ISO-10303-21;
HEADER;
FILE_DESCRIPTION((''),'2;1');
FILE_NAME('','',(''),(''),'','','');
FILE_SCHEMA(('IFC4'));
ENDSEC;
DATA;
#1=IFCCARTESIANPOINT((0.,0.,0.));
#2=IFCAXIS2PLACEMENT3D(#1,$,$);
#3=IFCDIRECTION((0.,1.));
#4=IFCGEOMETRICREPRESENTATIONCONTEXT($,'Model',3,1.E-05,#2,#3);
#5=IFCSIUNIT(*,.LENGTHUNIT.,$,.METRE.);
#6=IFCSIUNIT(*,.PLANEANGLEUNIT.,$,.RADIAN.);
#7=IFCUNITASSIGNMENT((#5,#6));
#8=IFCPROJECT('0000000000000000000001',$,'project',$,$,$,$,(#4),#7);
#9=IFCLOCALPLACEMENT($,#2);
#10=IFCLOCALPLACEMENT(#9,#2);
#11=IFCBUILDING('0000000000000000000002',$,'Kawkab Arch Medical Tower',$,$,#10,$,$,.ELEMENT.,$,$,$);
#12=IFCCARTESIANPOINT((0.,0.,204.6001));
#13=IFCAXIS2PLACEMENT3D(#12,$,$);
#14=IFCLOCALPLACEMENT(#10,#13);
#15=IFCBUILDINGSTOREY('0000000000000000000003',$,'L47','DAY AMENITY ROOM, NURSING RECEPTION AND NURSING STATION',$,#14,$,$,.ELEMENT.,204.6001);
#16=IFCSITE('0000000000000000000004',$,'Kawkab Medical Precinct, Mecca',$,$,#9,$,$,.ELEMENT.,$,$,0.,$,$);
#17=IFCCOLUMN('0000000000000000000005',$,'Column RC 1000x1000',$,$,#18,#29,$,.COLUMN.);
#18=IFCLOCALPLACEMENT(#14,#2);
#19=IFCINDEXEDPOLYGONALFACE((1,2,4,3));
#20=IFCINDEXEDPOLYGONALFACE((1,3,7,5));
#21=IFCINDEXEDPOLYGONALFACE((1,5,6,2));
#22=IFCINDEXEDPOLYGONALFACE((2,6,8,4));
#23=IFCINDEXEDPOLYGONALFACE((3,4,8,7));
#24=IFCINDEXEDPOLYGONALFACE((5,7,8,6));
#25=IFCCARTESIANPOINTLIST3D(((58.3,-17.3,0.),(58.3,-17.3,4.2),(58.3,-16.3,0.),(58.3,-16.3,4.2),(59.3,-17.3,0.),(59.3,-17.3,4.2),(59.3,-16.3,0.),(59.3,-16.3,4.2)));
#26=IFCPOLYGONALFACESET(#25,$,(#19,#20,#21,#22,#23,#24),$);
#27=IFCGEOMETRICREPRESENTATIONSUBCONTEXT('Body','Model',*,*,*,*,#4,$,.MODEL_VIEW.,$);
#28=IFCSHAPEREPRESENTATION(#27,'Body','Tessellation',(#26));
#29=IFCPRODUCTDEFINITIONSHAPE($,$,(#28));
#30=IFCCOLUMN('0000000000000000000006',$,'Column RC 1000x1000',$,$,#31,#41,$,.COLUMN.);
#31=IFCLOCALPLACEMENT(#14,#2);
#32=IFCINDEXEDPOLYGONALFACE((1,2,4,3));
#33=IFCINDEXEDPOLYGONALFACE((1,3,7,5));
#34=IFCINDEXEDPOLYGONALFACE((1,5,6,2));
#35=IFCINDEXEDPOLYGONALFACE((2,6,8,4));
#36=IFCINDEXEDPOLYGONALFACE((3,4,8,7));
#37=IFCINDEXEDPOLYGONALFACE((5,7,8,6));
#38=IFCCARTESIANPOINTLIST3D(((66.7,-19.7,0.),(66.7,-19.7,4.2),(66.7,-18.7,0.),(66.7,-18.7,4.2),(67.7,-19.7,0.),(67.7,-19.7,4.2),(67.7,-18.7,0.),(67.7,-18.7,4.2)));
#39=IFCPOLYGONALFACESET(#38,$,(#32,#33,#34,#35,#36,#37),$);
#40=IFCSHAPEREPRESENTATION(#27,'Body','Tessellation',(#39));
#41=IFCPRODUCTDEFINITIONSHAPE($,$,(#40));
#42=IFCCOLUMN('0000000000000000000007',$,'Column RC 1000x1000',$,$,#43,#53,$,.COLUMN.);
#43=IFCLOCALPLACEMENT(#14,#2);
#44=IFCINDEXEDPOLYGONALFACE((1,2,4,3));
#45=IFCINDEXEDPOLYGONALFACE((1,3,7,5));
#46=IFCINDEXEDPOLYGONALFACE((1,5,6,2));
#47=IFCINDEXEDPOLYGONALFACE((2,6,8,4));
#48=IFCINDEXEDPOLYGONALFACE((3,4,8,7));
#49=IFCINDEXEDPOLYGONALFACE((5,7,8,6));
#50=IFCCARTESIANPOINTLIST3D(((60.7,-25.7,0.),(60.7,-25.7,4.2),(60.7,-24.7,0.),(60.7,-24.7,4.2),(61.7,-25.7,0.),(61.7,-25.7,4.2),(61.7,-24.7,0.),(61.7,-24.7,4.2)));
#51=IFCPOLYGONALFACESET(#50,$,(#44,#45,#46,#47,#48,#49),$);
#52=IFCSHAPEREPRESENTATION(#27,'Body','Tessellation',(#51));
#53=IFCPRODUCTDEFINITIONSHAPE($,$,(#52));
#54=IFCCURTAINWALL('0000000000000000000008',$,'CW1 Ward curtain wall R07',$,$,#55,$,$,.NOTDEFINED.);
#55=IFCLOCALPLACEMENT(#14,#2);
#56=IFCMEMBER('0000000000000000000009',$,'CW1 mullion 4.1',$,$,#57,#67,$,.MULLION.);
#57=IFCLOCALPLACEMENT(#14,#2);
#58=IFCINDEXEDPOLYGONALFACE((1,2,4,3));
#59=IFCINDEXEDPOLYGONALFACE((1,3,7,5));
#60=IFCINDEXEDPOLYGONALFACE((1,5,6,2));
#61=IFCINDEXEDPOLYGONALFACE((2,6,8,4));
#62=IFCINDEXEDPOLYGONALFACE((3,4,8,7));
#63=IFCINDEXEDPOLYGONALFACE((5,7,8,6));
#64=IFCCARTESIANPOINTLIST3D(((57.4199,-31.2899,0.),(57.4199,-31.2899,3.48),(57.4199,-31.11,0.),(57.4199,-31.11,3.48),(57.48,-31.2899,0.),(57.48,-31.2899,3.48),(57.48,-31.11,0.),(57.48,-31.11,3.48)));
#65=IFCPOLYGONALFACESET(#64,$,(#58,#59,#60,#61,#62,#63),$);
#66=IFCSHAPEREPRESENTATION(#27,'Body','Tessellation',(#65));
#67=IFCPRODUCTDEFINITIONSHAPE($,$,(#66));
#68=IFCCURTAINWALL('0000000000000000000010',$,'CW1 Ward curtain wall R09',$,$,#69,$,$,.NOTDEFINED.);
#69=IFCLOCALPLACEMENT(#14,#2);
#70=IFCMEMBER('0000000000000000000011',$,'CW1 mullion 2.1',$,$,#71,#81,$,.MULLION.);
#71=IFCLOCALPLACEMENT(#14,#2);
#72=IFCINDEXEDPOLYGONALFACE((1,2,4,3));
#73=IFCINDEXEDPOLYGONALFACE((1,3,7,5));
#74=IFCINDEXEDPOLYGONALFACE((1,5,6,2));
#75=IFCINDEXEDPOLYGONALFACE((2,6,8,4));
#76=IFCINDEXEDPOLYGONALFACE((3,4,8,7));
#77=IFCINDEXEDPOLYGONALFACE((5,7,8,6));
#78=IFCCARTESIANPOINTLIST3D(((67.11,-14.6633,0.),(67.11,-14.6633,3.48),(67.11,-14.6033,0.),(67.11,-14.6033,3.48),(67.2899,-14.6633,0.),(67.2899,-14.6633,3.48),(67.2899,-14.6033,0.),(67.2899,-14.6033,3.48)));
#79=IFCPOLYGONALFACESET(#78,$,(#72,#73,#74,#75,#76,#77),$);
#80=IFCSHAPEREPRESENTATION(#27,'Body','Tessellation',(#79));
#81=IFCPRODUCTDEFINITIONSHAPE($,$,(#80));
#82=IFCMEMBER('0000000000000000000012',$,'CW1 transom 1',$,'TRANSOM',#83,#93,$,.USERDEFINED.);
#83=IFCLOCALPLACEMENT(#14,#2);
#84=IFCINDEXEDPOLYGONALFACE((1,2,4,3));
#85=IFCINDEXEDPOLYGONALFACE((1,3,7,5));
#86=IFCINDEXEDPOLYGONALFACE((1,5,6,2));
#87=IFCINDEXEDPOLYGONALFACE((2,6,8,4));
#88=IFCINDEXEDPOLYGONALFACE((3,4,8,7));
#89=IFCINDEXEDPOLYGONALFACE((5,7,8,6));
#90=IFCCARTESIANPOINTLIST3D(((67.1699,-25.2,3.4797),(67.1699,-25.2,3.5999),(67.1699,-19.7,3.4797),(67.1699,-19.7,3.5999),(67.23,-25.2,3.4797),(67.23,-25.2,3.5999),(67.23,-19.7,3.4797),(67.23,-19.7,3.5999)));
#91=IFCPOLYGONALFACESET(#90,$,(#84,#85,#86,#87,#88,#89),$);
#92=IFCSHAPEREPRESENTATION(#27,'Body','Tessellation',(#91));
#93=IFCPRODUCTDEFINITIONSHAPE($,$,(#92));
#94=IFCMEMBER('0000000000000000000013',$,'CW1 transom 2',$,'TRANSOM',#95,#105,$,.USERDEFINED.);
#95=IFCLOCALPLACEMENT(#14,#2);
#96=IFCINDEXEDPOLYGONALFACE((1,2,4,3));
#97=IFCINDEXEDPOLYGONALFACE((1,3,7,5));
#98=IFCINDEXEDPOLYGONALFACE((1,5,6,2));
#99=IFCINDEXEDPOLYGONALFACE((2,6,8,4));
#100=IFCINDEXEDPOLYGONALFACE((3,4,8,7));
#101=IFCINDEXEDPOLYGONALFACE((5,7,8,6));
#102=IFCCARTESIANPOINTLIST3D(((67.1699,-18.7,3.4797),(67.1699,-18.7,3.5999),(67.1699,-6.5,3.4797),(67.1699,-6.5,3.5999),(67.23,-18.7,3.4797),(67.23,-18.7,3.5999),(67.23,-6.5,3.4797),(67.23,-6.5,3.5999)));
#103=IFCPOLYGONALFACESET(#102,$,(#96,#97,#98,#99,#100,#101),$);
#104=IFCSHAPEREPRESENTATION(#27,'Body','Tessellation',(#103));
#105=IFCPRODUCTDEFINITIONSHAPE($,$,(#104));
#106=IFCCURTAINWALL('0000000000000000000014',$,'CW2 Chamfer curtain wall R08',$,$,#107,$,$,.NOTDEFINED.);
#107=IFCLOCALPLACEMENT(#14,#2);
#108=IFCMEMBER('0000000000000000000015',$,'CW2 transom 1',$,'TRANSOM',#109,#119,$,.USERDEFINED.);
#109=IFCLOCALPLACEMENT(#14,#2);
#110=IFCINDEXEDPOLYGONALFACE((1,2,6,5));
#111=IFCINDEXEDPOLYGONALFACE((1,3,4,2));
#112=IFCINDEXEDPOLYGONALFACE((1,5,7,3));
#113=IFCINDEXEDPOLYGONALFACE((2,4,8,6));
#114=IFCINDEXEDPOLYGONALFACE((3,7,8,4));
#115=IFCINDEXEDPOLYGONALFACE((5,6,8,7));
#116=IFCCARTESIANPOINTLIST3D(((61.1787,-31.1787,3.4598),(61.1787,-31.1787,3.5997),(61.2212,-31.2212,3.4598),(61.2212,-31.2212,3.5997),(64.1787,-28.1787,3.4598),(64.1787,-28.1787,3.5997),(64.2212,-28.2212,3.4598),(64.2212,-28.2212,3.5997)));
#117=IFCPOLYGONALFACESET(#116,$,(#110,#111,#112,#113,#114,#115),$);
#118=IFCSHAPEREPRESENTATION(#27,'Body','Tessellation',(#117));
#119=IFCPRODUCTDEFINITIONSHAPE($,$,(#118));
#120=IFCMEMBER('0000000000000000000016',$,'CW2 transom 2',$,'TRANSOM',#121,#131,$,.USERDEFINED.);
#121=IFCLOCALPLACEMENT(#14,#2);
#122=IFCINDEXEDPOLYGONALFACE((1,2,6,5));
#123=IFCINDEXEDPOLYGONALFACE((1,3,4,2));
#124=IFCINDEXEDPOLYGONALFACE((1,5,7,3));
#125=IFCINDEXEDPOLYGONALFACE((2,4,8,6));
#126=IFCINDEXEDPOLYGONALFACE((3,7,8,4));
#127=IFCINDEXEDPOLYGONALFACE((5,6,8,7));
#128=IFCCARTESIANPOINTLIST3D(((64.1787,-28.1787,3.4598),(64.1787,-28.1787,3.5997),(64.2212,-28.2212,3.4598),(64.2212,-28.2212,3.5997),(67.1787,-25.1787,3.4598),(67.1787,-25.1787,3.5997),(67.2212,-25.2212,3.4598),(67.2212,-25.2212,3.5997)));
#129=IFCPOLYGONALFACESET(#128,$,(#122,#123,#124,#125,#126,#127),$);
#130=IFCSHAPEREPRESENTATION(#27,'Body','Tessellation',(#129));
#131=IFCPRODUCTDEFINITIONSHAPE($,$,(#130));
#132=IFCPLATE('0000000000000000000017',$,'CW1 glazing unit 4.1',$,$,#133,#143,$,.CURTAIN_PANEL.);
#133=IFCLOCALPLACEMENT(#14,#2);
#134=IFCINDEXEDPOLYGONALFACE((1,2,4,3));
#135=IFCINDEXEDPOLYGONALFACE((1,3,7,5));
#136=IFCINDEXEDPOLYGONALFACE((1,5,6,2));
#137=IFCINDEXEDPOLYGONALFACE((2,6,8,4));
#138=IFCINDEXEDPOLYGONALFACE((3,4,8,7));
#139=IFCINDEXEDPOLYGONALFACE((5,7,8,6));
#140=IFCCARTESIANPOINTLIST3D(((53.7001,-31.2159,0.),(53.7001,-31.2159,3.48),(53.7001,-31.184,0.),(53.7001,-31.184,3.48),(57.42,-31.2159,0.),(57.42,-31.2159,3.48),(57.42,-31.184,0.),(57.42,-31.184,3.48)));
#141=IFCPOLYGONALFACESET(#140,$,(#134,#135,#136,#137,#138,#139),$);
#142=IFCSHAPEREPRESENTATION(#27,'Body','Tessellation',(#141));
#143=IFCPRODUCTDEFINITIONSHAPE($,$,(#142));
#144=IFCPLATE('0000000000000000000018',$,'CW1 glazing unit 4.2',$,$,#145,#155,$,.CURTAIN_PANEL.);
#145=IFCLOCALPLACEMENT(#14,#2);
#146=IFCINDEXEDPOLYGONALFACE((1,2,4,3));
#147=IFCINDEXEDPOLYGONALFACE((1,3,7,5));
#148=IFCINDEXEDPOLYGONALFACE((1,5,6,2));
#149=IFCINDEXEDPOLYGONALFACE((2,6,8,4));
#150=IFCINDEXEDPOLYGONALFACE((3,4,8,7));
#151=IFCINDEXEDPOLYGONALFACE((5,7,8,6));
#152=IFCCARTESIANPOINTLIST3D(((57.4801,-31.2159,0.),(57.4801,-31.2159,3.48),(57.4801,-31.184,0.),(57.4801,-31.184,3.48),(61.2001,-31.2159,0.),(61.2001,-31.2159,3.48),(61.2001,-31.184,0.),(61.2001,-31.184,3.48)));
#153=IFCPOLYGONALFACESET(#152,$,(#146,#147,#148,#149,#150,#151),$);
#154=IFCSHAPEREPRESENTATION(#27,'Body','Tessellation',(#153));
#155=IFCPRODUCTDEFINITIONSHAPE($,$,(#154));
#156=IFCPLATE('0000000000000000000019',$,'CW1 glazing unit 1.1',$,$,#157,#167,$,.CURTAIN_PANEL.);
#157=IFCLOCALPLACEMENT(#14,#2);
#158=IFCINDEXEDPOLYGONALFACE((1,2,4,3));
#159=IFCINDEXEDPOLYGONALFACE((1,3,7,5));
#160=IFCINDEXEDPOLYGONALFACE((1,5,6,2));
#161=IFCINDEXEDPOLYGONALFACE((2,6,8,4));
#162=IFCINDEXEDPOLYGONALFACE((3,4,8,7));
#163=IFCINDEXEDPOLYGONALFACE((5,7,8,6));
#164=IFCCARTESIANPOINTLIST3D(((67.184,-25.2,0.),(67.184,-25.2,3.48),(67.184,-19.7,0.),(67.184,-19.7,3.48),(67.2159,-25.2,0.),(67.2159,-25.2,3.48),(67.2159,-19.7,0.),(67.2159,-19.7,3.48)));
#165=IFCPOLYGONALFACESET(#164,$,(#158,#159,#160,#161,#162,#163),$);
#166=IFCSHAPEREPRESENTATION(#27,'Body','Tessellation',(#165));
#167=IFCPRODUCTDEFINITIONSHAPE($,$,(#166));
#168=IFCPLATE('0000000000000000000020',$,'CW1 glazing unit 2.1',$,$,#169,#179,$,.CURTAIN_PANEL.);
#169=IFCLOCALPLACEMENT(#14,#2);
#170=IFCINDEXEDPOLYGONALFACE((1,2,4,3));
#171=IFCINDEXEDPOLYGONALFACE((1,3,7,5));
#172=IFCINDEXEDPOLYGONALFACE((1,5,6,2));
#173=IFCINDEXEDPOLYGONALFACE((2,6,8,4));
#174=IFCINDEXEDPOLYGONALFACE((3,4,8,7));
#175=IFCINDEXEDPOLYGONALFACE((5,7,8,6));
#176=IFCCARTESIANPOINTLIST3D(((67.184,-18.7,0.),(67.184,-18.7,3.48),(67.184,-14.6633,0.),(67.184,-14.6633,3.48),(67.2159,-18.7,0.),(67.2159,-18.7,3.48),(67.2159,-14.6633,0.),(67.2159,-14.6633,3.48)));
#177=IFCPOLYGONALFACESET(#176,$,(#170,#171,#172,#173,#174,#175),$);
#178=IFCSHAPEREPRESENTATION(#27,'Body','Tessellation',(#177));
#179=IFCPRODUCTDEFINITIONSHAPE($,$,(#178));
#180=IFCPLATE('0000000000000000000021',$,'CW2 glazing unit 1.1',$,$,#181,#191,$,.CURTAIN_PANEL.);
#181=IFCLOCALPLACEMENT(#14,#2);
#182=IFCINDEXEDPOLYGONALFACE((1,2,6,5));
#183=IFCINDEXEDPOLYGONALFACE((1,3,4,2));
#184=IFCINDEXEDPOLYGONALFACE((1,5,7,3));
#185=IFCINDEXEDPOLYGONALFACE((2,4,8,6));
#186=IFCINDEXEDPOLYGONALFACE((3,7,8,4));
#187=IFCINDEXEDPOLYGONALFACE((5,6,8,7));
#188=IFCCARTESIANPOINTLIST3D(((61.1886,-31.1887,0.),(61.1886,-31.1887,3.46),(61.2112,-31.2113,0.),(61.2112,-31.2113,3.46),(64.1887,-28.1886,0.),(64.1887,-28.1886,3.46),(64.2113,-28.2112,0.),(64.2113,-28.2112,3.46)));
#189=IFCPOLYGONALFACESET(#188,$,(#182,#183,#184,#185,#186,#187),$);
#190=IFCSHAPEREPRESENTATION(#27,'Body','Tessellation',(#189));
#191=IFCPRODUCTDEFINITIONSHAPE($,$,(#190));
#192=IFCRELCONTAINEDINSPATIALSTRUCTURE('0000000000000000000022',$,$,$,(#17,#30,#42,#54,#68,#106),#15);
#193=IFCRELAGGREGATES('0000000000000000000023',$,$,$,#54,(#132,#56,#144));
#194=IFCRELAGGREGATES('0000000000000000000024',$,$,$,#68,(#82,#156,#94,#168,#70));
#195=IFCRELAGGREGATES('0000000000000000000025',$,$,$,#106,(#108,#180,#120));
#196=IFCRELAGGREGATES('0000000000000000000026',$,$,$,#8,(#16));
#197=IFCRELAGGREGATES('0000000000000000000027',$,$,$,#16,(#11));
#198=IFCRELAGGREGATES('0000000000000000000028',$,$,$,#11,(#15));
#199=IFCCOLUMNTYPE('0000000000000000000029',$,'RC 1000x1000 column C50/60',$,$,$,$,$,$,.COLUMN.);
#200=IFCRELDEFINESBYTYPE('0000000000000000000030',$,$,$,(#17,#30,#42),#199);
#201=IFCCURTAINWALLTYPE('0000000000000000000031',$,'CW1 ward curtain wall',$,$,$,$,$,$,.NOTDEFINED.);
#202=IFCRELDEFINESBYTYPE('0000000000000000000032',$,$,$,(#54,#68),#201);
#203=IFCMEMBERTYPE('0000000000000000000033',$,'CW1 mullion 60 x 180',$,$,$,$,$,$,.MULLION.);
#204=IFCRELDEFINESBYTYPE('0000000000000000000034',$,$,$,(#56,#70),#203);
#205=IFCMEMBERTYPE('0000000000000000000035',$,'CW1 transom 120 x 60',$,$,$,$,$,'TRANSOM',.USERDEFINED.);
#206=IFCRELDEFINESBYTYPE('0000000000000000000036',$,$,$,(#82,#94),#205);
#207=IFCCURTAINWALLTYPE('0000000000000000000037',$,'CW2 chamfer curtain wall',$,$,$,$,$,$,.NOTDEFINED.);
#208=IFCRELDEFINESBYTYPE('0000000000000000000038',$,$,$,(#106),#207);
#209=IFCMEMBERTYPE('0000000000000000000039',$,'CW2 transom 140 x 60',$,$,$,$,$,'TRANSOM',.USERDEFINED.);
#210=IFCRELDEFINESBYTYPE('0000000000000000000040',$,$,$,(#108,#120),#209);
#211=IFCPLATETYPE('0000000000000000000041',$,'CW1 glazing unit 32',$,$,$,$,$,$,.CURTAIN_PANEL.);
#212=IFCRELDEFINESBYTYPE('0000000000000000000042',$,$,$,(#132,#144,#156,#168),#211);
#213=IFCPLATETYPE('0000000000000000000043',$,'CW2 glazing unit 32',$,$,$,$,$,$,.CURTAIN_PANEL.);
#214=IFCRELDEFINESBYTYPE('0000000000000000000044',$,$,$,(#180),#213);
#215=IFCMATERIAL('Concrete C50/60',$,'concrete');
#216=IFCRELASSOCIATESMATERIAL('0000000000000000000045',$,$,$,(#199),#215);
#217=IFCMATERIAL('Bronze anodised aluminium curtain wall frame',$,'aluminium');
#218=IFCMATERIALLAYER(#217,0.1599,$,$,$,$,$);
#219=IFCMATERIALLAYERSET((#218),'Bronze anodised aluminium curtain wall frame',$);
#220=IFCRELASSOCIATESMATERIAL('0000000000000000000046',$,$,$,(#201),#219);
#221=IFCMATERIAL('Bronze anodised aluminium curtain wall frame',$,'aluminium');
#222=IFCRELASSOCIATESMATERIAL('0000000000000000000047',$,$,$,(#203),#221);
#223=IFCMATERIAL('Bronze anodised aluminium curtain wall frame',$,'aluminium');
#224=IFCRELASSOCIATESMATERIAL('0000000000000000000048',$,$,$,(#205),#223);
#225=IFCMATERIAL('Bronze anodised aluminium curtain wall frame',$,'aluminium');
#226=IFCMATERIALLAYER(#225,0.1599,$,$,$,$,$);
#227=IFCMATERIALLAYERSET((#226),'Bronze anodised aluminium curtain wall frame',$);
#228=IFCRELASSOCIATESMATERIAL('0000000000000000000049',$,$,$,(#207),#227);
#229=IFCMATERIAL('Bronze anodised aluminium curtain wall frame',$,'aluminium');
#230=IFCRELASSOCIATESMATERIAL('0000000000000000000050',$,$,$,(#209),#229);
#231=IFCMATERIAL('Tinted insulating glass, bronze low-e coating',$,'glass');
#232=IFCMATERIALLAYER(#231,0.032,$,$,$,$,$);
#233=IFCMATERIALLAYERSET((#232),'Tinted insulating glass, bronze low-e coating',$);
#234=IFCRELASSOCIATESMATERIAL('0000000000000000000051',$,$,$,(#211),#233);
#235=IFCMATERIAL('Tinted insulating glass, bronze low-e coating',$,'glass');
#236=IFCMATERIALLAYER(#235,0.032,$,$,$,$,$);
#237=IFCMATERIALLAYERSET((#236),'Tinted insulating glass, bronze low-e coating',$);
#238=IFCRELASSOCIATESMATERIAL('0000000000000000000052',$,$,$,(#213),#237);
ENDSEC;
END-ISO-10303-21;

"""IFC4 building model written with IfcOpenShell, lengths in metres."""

from ifc_helpers import new_model, si_unit, direction, frame, origin, origin_2d, place, context, subcontext, project, spatial, rectangle, extrude, material, layer, layer_set, material_profile, profile_set, type_object, element, aggregate, save


model = new_model("IFC4")

# Units and contexts
model_context = context("Model", 3, precision=1e-05, world=origin(), true_north=direction((0.0, 1.0)))
body_context = subcontext(model_context, "Body", "Model", "MODEL_VIEW")
ifc_project = project(units=[si_unit("LENGTHUNIT", "METRE"), si_unit("PLANEANGLEUNIT", "RADIAN")], contexts=[model_context])

# Site, building, storey
site_placement = place(None, origin())
site = spatial("IfcSite", under=ifc_project, at=site_placement, Name="Kawkab Medical Precinct, Mecca", CompositionType="ELEMENT", RefElevation=0.0)
building_placement = place(site_placement, origin())
building = spatial("IfcBuilding", under=site, at=building_placement, Name="Kawkab Arch Medical Tower", CompositionType="ELEMENT")
storey_placement = place(building_placement, frame((0.0, 0.0, 204.6001)))
storey = spatial("IfcBuildingStorey", under=building, at=storey_placement, Name="L47", Description="DAY AMENITY ROOM, NURSING RECEPTION AND NURSING STATION", CompositionType="ELEMENT", Elevation=204.6001)

# Columns
ifc_material_1 = material(Name="Concrete C50/60", Category="concrete")
ifc_material_profile_1 = material_profile(ifc_material_1, rectangle(XDim=1.0, YDim=1.0, at=origin_2d()), Name="RC 1000x1000")
ifc_profile_set_1 = profile_set([ifc_material_profile_1], Name="Concrete C50/60")
column_type = type_object("IfcColumnType", Name="RC 1000x1000 column C50/60", PredefinedType="COLUMN", material=ifc_profile_set_1)
for number, where, z_axis, x_axis, name in (
    (1, (58.8, -16.8, 0.0), (0.0, 0.0, 1.0), (1.0, 0.0, 0.0), "Column RC 1000x1000"),
    (2, (67.2, -19.2, 0.0), (0.0, 0.0, 1.0), (1.0, 0.0, 0.0), "Column RC 1000x1000"),
    (3, (61.2, -25.2, 0.0), (0.0, 0.0, 1.0), (1.0, 0.0, 0.0), "Column RC 1000x1000"),
):
    element("IfcColumn", number, at=place(storey_placement, frame(where, z_axis=z_axis, x_axis=x_axis)), inside=storey, type_object=column_type, Name=name, PredefinedType="COLUMN", context=body_context, shape_type="SweptSolid", body=[
        extrude(rectangle(XDim=1.0, YDim=1.0, at=origin_2d()), origin(), (0.0, 0.0, 1.0), 4.2),
    ])

# Curtain wall, member
ifc_material_2 = material(Name="Bronze anodised aluminium curtain wall frame", Category="aluminium")
ifc_layer_1 = layer(ifc_material_2, 0.1599)
ifc_layer_set_1 = layer_set([ifc_layer_1], Name="Bronze anodised aluminium curtain wall frame")
curtain_wall_type_1 = type_object("IfcCurtainWallType", Name="CW1 ward curtain wall", PredefinedType="NOTDEFINED", material=ifc_layer_set_1)
placement = place(storey_placement, origin())
curtain_wall_1 = element("IfcCurtainWall", 4, at=placement, inside=storey, type_object=curtain_wall_type_1, Name="CW1 Ward curtain wall R07", PredefinedType="NOTDEFINED")
ifc_material_3 = material(Name="Bronze anodised aluminium curtain wall frame", Category="aluminium")
ifc_material_profile_2 = material_profile(ifc_material_3, rectangle(XDim=0.1799, YDim=0.0601, at=origin_2d()), Name="AL 60x180")
ifc_profile_set_2 = profile_set([ifc_material_profile_2], Name="Bronze anodised aluminium curtain wall frame")
member_type_1 = type_object("IfcMemberType", Name="CW1 mullion 60 x 180", PredefinedType="MULLION", material=ifc_profile_set_2)
member_1_placement = place(storey_placement, frame((57.45, -31.2, 0.0), z_axis=(0.0, 0.0, 1.0), x_axis=(0.0, 1.0, 0.0)))
member_1 = element("IfcMember", 5, at=member_1_placement, type_object=member_type_1, Name="CW1 mullion 4.1", PredefinedType="MULLION", context=body_context, shape_type="SweptSolid", body=[
    extrude(rectangle(XDim=0.1799, YDim=0.0601, at=origin_2d()), origin(), (0.0, 0.0, 1.0), 3.48),
])

# Curtain walls, members
curtain_wall_2 = element("IfcCurtainWall", 6, at=placement, inside=storey, type_object=curtain_wall_type_1, Name="CW1 Ward curtain wall R09", PredefinedType="NOTDEFINED")
member_2_placement = place(storey_placement, frame((67.2, -14.6333, 0.0), z_axis=(0.0, 0.0, 1.0), x_axis=(-1.0, 0.0, 0.0)))
member_2 = element("IfcMember", 7, at=member_2_placement, type_object=member_type_1, Name="CW1 mullion 2.1", PredefinedType="MULLION", context=body_context, shape_type="SweptSolid", body=[
    extrude(rectangle(XDim=0.1799, YDim=0.0601, at=origin_2d()), origin(), (0.0, 0.0, 1.0), 3.48),
])
ifc_material_4 = material(Name="Bronze anodised aluminium curtain wall frame", Category="aluminium")
ifc_material_profile_3 = material_profile(ifc_material_4, rectangle(XDim=0.0601, YDim=0.1201, at=origin_2d()), Name="AL 60x120")
ifc_profile_set_3 = profile_set([ifc_material_profile_3], Name="Bronze anodised aluminium curtain wall frame")
member_type_2 = type_object("IfcMemberType", Name="CW1 transom 120 x 60", ElementType="TRANSOM", PredefinedType="USERDEFINED", material=ifc_profile_set_3)
member_3_placement = place(storey_placement, frame((67.2, -25.2, 3.5398), z_axis=(0.0, 1.0, 0.0), x_axis=(-1.0, 0.0, 0.0)))
member_3 = element("IfcMember", 8, at=member_3_placement, type_object=member_type_2, Name="CW1 transom 1", ObjectType="TRANSOM", PredefinedType="USERDEFINED", context=body_context, shape_type="SweptSolid", body=[
    extrude(rectangle(XDim=0.0601, YDim=0.1201, at=origin_2d()), origin(), (0.0, 0.0, 1.0), 5.5),
])
member_4_placement = place(storey_placement, frame((67.2, -18.7, 3.5398), z_axis=(0.0, 1.0, 0.0), x_axis=(-1.0, 0.0, 0.0)))
member_4 = element("IfcMember", 9, at=member_4_placement, type_object=member_type_2, Name="CW1 transom 2", ObjectType="TRANSOM", PredefinedType="USERDEFINED", context=body_context, shape_type="SweptSolid", body=[
    extrude(rectangle(XDim=0.0601, YDim=0.1201, at=origin_2d()), origin(), (0.0, 0.0, 1.0), 12.2),
])
ifc_material_5 = material(Name="Bronze anodised aluminium curtain wall frame", Category="aluminium")
ifc_layer_2 = layer(ifc_material_5, 0.1599)
ifc_layer_set_2 = layer_set([ifc_layer_2], Name="Bronze anodised aluminium curtain wall frame")
curtain_wall_type_2 = type_object("IfcCurtainWallType", Name="CW2 chamfer curtain wall", PredefinedType="NOTDEFINED", material=ifc_layer_set_2)
curtain_wall_3 = element("IfcCurtainWall", 10, at=placement, inside=storey, type_object=curtain_wall_type_2, Name="CW2 Chamfer curtain wall R08", PredefinedType="NOTDEFINED")
ifc_material_6 = material(Name="Bronze anodised aluminium curtain wall frame", Category="aluminium")
ifc_material_profile_4 = material_profile(ifc_material_6, rectangle(XDim=0.0601, YDim=0.1399, at=origin_2d()), Name="AL 60x140")
ifc_profile_set_4 = profile_set([ifc_material_profile_4], Name="Bronze anodised aluminium curtain wall frame")
member_type_3 = type_object("IfcMemberType", Name="CW2 transom 140 x 60", ElementType="TRANSOM", PredefinedType="USERDEFINED", material=ifc_profile_set_4)
member_5_placement = place(storey_placement, frame((61.2, -31.2, 3.5298), z_axis=(0.707107, 0.707107, 0.0), x_axis=(-0.707107, 0.707107, 0.0)))
member_5 = element("IfcMember", 11, at=member_5_placement, type_object=member_type_3, Name="CW2 transom 1", ObjectType="TRANSOM", PredefinedType="USERDEFINED", context=body_context, shape_type="SweptSolid", body=[
    extrude(rectangle(XDim=0.0601, YDim=0.1399, at=origin_2d()), origin(), (0.0, 0.0, 1.0), 4.2427),
])
member_6_placement = place(storey_placement, frame((64.2, -28.2, 3.5298), z_axis=(0.707107, 0.707107, 0.0), x_axis=(-0.707107, 0.707107, 0.0)))
member_6 = element("IfcMember", 12, at=member_6_placement, type_object=member_type_3, Name="CW2 transom 2", ObjectType="TRANSOM", PredefinedType="USERDEFINED", context=body_context, shape_type="SweptSolid", body=[
    extrude(rectangle(XDim=0.0601, YDim=0.1399, at=origin_2d()), origin(), (0.0, 0.0, 1.0), 4.2427),
])

# Plates
ifc_material_7 = material(Name="Tinted insulating glass, bronze low-e coating", Category="glass")
ifc_layer_3 = layer(ifc_material_7, 0.032)
ifc_layer_set_3 = layer_set([ifc_layer_3], Name="Tinted insulating glass, bronze low-e coating")
plate_type_1 = type_object("IfcPlateType", Name="CW1 glazing unit 32", PredefinedType="CURTAIN_PANEL", material=ifc_layer_set_3)
plate_1_placement = place(storey_placement, frame((55.5601, -31.2, 0.0), z_axis=(0.0, 0.0, 1.0), x_axis=(1.0, 0.0, 0.0)))
plate_1 = element("IfcPlate", 13, at=plate_1_placement, type_object=plate_type_1, Name="CW1 glazing unit 4.1", PredefinedType="CURTAIN_PANEL", context=body_context, shape_type="SweptSolid", body=[
    extrude(rectangle(XDim=3.72, YDim=0.032, at=origin_2d()), origin(), (0.0, 0.0, 1.0), 3.48),
])
plate_2_placement = place(storey_placement, frame((59.3401, -31.2, 0.0), z_axis=(0.0, 0.0, 1.0), x_axis=(1.0, 0.0, 0.0)))
plate_2 = element("IfcPlate", 14, at=plate_2_placement, type_object=plate_type_1, Name="CW1 glazing unit 4.2", PredefinedType="CURTAIN_PANEL", context=body_context, shape_type="SweptSolid", body=[
    extrude(rectangle(XDim=3.72, YDim=0.032, at=origin_2d()), origin(), (0.0, 0.0, 1.0), 3.48),
])
aggregate(curtain_wall_1, [plate_1, member_1, plate_2])
plate_3_placement = place(storey_placement, frame((67.2, -22.45, 0.0), z_axis=(0.0, 0.0, 1.0), x_axis=(0.0, 1.0, 0.0)))
plate_3 = element("IfcPlate", 15, at=plate_3_placement, type_object=plate_type_1, Name="CW1 glazing unit 1.1", PredefinedType="CURTAIN_PANEL", context=body_context, shape_type="SweptSolid", body=[
    extrude(rectangle(XDim=5.5, YDim=0.032, at=origin_2d()), origin(), (0.0, 0.0, 1.0), 3.48),
])
plate_4_placement = place(storey_placement, frame((67.2, -16.6816, 0.0), z_axis=(0.0, 0.0, 1.0), x_axis=(0.0, 1.0, 0.0)))
plate_4 = element("IfcPlate", 16, at=plate_4_placement, type_object=plate_type_1, Name="CW1 glazing unit 2.1", PredefinedType="CURTAIN_PANEL", context=body_context, shape_type="SweptSolid", body=[
    extrude(rectangle(XDim=4.0366, YDim=0.032, at=origin_2d()), origin(), (0.0, 0.0, 1.0), 3.48),
])
aggregate(curtain_wall_2, [member_3, plate_3, member_4, plate_4, member_2])
ifc_material_8 = material(Name="Tinted insulating glass, bronze low-e coating", Category="glass")
ifc_layer_4 = layer(ifc_material_8, 0.032)
ifc_layer_set_4 = layer_set([ifc_layer_4], Name="Tinted insulating glass, bronze low-e coating")
plate_type_2 = type_object("IfcPlateType", Name="CW2 glazing unit 32", PredefinedType="CURTAIN_PANEL", material=ifc_layer_set_4)
plate_5_placement = place(storey_placement, frame((62.7, -29.7, 0.0), z_axis=(0.0, 0.0, 1.0), x_axis=(0.707107, 0.707107, 0.0)))
plate_5 = element("IfcPlate", 17, at=plate_5_placement, type_object=plate_type_2, Name="CW2 glazing unit 1.1", PredefinedType="CURTAIN_PANEL", context=body_context, shape_type="SweptSolid", body=[
    extrude(rectangle(XDim=4.2427, YDim=0.032, at=origin_2d()), origin(), (0.0, 0.0, 1.0), 3.46),
])
aggregate(curtain_wall_3, [member_5, plate_5, member_6])

save(model, "model.ifc")
